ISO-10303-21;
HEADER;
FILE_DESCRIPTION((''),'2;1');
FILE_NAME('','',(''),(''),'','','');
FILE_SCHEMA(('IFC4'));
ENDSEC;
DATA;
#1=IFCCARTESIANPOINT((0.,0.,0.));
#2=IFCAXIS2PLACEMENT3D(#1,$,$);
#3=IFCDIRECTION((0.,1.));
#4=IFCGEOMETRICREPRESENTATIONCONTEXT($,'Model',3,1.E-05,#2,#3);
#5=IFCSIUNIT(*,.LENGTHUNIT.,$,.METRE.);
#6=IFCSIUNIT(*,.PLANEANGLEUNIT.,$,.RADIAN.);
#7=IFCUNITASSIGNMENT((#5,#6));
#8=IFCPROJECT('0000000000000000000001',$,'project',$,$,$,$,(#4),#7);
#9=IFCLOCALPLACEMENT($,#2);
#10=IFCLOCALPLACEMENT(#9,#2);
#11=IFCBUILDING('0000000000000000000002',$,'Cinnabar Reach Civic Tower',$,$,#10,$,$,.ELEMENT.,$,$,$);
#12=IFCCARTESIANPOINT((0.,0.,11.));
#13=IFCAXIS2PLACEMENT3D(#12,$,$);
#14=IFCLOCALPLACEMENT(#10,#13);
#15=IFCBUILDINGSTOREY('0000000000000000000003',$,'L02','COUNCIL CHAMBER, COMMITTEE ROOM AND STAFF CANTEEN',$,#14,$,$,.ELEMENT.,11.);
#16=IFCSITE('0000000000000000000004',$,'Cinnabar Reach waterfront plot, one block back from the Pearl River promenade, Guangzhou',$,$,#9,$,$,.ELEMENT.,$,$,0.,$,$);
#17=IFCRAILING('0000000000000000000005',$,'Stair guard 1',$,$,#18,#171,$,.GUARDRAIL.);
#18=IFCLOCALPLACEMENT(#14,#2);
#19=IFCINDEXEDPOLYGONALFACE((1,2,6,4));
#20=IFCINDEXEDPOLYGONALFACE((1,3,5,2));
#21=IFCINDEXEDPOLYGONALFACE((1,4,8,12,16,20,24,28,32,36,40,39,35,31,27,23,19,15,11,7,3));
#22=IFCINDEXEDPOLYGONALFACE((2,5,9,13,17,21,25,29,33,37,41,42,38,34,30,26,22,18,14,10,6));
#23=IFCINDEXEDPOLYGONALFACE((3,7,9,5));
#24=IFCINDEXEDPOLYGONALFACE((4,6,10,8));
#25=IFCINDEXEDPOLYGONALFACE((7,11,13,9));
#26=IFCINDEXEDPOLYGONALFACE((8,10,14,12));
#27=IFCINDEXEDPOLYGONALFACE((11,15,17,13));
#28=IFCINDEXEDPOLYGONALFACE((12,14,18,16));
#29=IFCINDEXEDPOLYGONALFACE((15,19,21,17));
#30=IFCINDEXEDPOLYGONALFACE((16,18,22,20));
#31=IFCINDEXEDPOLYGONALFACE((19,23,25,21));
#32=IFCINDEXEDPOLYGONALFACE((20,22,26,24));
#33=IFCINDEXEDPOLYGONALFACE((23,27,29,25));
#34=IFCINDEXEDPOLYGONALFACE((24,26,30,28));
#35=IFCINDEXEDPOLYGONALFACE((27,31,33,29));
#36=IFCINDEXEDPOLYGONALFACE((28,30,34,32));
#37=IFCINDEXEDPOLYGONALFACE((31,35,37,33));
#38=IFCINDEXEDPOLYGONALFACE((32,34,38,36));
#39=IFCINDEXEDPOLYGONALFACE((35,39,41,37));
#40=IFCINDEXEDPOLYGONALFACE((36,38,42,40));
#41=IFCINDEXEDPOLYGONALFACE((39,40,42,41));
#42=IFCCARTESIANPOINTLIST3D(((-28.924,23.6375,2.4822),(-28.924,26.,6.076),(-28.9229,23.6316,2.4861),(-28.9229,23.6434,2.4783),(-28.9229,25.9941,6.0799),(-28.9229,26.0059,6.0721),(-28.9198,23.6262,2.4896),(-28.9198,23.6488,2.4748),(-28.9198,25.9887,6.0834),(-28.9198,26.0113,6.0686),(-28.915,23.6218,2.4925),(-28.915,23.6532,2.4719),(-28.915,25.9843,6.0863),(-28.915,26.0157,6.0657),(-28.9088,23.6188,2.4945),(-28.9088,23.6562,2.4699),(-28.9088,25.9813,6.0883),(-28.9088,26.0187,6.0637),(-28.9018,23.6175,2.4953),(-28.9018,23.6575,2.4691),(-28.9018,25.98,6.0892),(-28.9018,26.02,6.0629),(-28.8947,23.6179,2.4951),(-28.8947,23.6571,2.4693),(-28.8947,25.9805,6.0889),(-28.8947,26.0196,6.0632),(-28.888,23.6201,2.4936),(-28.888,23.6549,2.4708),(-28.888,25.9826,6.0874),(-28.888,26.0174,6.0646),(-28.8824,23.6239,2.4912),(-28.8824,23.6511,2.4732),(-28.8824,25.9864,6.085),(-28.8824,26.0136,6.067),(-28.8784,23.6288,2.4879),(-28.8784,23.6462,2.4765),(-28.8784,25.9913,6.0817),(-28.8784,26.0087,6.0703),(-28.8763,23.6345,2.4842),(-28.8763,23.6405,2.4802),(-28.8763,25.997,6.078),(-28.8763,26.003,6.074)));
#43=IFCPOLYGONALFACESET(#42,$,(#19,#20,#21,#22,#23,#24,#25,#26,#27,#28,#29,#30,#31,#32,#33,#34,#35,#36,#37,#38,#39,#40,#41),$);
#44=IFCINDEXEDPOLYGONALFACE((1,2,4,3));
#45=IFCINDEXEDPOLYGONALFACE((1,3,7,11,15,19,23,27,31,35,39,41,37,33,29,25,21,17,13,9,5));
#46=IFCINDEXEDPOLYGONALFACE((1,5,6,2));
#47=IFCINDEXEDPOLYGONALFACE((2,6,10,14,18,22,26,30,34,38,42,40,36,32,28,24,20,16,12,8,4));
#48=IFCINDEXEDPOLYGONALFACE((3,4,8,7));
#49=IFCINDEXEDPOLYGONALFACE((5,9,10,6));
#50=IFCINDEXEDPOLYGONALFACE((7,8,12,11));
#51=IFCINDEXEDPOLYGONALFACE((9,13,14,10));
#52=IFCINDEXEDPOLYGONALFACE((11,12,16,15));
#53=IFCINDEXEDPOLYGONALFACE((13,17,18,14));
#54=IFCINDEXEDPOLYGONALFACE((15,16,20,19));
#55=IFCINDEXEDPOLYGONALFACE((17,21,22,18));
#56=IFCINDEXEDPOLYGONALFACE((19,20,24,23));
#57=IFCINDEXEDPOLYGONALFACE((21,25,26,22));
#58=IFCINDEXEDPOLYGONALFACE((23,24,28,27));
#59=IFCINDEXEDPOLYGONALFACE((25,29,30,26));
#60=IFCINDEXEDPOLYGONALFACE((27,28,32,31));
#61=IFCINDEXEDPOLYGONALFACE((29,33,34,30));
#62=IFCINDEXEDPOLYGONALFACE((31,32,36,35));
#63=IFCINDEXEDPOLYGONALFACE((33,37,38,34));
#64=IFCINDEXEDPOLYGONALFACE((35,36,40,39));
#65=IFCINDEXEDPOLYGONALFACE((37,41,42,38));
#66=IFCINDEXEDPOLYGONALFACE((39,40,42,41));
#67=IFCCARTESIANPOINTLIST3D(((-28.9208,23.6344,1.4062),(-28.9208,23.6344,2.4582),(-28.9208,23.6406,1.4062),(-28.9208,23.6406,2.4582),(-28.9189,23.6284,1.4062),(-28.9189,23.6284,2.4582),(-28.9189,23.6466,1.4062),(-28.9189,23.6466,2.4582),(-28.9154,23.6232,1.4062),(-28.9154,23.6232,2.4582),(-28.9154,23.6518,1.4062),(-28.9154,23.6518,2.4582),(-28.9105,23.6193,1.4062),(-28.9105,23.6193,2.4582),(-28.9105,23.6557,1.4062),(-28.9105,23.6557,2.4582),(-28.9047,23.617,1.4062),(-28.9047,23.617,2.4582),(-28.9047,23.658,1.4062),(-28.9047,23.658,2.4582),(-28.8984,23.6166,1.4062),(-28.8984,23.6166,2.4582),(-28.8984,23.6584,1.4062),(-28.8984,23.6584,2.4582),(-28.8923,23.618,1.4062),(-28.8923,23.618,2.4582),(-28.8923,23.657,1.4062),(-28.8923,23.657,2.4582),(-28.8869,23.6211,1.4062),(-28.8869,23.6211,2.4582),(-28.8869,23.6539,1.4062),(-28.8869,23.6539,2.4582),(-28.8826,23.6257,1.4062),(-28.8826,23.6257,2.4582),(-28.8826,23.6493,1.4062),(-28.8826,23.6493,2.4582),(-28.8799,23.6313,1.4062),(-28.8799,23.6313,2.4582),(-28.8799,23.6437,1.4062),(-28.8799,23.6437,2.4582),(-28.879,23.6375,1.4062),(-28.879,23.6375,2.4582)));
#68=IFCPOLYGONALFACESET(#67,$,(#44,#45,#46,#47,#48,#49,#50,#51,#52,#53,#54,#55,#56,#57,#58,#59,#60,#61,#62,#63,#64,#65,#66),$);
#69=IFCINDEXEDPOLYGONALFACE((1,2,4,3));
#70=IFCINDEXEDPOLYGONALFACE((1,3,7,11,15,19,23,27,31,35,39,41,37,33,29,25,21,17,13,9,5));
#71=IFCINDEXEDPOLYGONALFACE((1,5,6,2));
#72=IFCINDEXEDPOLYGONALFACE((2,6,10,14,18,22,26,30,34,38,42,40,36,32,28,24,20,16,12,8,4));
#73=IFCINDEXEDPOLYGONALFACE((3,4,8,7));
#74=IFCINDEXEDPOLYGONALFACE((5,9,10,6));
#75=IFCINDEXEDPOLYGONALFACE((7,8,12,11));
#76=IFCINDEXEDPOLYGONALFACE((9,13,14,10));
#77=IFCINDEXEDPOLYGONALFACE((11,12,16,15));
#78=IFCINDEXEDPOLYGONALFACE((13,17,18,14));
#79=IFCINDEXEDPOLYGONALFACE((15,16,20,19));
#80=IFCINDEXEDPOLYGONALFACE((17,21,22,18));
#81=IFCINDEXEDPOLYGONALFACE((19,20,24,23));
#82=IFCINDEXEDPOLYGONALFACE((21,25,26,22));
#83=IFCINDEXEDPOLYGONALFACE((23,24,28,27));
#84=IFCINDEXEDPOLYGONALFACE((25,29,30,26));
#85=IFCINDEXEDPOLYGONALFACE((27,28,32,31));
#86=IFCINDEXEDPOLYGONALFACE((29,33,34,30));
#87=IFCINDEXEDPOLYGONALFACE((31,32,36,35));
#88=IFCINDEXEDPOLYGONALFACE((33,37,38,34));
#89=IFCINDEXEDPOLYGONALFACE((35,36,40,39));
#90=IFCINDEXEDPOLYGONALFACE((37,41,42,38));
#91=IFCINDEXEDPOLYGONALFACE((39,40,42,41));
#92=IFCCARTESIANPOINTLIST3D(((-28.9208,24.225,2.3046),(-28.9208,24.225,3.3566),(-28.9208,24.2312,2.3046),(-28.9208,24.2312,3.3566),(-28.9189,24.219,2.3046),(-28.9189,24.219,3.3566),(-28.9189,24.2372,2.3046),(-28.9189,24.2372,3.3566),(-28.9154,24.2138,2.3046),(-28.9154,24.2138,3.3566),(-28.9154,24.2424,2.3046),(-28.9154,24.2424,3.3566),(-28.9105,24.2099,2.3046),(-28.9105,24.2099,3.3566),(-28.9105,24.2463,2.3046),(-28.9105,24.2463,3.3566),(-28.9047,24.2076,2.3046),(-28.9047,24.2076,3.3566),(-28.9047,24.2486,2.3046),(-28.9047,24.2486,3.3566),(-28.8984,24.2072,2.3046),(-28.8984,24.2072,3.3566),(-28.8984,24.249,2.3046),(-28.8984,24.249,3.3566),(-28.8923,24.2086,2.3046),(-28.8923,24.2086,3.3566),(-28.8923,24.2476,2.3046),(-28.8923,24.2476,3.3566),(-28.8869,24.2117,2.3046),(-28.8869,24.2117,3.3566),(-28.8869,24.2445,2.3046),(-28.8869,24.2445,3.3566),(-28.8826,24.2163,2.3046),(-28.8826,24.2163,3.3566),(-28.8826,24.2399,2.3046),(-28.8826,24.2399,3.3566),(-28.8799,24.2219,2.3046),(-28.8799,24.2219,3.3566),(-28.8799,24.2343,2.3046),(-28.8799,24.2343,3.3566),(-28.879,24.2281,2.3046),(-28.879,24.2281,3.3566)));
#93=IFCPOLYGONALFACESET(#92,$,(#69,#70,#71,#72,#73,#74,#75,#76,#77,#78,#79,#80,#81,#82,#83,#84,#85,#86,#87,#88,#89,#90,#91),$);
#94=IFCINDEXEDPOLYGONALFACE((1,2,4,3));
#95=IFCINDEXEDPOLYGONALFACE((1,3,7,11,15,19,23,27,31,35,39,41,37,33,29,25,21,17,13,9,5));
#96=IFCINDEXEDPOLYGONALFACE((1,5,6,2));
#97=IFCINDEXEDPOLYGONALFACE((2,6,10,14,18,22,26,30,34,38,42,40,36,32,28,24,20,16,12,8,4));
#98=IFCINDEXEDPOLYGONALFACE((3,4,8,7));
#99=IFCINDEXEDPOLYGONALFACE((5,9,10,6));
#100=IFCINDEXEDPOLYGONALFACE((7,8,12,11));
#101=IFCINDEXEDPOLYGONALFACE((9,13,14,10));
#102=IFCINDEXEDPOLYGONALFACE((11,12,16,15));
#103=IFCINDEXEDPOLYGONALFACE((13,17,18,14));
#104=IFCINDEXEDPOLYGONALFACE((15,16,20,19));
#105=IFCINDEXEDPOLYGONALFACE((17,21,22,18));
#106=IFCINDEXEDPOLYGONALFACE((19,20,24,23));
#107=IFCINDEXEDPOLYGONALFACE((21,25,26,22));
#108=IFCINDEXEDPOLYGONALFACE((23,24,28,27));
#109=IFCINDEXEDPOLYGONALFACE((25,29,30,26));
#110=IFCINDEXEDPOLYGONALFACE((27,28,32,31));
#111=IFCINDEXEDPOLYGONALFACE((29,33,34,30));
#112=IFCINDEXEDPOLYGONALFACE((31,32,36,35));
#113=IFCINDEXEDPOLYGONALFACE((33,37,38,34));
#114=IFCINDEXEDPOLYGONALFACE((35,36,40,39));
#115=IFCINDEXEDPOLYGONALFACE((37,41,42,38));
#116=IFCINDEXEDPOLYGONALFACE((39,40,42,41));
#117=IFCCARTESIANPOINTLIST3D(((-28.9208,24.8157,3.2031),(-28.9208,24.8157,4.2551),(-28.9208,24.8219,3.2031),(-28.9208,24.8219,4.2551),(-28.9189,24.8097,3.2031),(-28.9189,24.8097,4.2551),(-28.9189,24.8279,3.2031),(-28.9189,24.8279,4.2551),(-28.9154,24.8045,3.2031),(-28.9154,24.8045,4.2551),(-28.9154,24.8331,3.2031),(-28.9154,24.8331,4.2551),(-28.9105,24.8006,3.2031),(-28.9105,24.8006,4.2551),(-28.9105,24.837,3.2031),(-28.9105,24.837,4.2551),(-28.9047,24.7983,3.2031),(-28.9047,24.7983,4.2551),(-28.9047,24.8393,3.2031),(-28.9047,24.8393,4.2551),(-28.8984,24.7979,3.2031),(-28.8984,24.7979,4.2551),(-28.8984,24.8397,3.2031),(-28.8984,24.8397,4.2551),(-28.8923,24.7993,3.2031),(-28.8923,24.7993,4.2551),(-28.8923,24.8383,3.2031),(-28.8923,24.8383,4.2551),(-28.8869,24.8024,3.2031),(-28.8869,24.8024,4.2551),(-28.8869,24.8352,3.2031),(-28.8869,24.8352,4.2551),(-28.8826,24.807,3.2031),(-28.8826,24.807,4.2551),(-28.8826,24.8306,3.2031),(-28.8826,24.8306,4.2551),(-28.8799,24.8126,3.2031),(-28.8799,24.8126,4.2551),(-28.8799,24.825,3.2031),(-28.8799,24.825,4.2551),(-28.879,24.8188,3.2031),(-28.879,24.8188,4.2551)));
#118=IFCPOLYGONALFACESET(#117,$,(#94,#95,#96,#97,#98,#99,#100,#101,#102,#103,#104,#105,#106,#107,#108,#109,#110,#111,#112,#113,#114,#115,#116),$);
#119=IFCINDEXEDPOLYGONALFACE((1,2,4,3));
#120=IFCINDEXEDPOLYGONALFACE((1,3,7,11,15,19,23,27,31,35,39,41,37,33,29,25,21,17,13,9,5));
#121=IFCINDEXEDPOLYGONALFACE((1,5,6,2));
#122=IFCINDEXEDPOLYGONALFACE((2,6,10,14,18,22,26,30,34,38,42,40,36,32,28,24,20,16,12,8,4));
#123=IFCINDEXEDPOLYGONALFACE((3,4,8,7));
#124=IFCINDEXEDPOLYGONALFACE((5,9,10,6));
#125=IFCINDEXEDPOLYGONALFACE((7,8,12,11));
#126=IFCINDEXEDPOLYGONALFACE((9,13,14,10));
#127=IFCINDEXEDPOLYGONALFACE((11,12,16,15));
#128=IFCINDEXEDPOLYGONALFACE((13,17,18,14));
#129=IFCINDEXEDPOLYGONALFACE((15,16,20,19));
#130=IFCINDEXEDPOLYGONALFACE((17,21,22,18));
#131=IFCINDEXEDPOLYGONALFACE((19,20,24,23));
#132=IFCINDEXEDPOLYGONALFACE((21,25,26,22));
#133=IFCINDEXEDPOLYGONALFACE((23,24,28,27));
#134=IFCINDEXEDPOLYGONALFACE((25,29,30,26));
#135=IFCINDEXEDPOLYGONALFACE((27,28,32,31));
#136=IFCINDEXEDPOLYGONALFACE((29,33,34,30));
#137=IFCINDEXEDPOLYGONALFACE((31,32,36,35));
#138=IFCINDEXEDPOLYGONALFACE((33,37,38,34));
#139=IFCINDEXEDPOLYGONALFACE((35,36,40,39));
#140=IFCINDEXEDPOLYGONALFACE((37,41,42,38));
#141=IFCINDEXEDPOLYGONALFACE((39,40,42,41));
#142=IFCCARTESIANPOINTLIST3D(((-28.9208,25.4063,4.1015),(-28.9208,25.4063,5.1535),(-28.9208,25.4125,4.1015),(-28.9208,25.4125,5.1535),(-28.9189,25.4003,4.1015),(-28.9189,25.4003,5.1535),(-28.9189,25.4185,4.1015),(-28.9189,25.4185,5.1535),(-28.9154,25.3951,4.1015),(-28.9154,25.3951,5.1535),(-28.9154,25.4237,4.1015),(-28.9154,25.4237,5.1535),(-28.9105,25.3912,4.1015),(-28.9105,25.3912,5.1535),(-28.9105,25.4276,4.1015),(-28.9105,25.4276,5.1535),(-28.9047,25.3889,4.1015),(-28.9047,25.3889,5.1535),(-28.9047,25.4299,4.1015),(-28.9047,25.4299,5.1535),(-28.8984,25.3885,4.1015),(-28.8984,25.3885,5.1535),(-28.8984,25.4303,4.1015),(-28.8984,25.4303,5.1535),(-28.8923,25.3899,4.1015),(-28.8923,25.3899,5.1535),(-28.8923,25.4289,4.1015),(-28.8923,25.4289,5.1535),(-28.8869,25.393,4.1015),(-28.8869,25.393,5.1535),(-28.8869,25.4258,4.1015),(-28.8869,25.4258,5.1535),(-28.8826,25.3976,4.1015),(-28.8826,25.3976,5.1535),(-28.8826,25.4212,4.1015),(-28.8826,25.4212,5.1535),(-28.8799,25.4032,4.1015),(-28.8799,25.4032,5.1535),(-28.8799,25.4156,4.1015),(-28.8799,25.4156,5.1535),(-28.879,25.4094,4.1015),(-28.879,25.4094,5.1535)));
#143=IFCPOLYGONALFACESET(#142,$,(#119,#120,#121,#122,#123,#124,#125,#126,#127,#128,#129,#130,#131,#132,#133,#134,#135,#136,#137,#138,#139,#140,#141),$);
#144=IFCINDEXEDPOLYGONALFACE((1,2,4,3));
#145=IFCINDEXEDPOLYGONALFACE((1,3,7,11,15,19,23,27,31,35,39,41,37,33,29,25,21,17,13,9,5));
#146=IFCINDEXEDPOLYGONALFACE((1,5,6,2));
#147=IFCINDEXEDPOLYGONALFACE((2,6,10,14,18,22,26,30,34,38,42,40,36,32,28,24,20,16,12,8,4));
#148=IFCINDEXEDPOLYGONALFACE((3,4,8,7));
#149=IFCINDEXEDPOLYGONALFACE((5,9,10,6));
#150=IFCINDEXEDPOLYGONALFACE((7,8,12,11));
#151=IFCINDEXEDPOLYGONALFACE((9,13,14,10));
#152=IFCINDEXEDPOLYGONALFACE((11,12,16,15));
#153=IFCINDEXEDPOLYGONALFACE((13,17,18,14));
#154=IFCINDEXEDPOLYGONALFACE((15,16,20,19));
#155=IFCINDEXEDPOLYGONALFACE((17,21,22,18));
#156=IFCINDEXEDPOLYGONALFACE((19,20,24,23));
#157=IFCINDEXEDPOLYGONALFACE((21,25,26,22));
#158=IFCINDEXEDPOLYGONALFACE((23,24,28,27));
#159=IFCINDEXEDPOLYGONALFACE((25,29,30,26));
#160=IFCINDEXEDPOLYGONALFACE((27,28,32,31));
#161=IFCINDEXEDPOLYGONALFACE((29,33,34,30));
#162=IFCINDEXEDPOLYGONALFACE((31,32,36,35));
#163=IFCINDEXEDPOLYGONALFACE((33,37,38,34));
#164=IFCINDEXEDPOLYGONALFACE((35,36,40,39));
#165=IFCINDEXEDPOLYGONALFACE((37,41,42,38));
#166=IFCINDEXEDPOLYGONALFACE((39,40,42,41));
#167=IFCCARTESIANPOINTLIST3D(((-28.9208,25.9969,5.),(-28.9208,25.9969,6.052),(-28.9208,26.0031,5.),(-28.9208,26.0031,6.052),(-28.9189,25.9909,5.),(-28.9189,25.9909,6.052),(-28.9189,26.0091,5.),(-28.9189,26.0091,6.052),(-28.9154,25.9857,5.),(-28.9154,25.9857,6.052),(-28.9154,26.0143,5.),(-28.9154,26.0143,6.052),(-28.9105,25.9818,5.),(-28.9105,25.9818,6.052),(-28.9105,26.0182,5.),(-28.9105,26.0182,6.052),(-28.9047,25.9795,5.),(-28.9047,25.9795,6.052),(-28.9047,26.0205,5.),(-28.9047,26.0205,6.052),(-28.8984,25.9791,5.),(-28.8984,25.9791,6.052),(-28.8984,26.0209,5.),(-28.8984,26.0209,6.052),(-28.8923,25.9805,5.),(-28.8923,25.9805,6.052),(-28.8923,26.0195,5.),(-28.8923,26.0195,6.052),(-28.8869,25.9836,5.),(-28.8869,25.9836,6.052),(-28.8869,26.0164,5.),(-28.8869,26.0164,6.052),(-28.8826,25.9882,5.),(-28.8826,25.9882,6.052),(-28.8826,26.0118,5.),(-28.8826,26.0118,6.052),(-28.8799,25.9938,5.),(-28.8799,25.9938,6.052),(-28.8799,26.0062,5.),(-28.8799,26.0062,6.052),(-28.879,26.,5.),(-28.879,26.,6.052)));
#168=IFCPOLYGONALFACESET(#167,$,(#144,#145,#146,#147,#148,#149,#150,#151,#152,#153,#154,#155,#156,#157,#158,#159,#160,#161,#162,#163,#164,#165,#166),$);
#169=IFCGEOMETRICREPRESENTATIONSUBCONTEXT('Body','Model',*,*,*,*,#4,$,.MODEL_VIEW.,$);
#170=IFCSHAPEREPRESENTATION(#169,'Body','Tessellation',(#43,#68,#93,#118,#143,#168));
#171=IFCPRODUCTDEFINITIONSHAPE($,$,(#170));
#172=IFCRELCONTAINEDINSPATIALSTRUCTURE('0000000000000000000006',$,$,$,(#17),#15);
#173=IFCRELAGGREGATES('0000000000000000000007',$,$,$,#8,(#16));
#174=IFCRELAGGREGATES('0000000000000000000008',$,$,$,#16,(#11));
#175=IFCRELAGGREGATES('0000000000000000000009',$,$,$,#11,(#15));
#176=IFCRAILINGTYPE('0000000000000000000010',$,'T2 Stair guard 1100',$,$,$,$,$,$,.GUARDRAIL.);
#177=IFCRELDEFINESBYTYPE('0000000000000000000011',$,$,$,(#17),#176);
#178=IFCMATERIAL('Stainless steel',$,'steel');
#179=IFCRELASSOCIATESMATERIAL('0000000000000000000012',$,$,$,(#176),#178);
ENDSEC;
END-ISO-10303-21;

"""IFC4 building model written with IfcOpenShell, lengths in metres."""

from ifc_helpers import new_model, si_unit, direction, frame, origin, origin_2d, place, context, subcontext, project, spatial, circle, extrude, material, type_object, element, save


model = new_model("IFC4")

# Units and contexts
model_context = context("Model", 3, precision=1e-05, world=origin(), true_north=direction((0.0, 1.0)))
body_context = subcontext(model_context, "Body", "Model", "MODEL_VIEW")
ifc_project = project(units=[si_unit("LENGTHUNIT", "METRE"), si_unit("PLANEANGLEUNIT", "RADIAN")], contexts=[model_context])

# Site, building, storey
site_placement = place(None, origin())
site = spatial("IfcSite", under=ifc_project, at=site_placement, Name="Cinnabar Reach waterfront plot, one block back from the Pearl River promenade, Guangzhou", CompositionType="ELEMENT", RefElevation=0.0)
building_placement = place(site_placement, origin())
building = spatial("IfcBuilding", under=site, at=building_placement, Name="Cinnabar Reach Civic Tower", CompositionType="ELEMENT")
storey_placement = place(building_placement, frame((0.0, 0.0, 11.0)))
storey = spatial("IfcBuildingStorey", under=building, at=storey_placement, Name="L02", Description="COUNCIL CHAMBER, COMMITTEE ROOM AND STAFF CANTEEN", CompositionType="ELEMENT", Elevation=11.0)

# Railing
ifc_material_1 = material(Name="Stainless steel", Category="steel")
railing_type = type_object("IfcRailingType", Name="T2 Stair guard 1100", PredefinedType="GUARDRAIL", material=ifc_material_1)
railing_1_placement = place(storey_placement, frame((-28.9, 23.6375, 1.4062)))
element("IfcRailing", 1, at=railing_1_placement, inside=storey, type_object=railing_type, Name="Stair guard 1", PredefinedType="GUARDRAIL", context=body_context, shape_type="SweptSolid", body=[
    extrude(circle(Radius=0.024, at=origin_2d()), frame((0.0, 0.0, 1.076), z_axis=(0.0, 0.549318, 0.835614), x_axis=(-1.0, 0.0, 0.0)), (0.0, 0.0, 1.0), 4.3008),
    extrude(circle(Radius=0.021, at=origin_2d()), origin(), (0.0, 0.0, 1.0), 1.052),
    extrude(circle(Radius=0.021, at=origin_2d()), frame((0.0, 0.5906, 0.8984)), (0.0, 0.0, 1.0), 1.052),
    extrude(circle(Radius=0.021, at=origin_2d()), frame((0.0, 1.1813, 1.7969)), (0.0, 0.0, 1.0), 1.052),
    extrude(circle(Radius=0.021, at=origin_2d()), frame((0.0, 1.7719, 2.6953)), (0.0, 0.0, 1.0), 1.052),
    extrude(circle(Radius=0.021, at=origin_2d()), frame((0.0, 2.3625, 3.5938)), (0.0, 0.0, 1.0), 1.052),
])

save(model, "model.ifc")
